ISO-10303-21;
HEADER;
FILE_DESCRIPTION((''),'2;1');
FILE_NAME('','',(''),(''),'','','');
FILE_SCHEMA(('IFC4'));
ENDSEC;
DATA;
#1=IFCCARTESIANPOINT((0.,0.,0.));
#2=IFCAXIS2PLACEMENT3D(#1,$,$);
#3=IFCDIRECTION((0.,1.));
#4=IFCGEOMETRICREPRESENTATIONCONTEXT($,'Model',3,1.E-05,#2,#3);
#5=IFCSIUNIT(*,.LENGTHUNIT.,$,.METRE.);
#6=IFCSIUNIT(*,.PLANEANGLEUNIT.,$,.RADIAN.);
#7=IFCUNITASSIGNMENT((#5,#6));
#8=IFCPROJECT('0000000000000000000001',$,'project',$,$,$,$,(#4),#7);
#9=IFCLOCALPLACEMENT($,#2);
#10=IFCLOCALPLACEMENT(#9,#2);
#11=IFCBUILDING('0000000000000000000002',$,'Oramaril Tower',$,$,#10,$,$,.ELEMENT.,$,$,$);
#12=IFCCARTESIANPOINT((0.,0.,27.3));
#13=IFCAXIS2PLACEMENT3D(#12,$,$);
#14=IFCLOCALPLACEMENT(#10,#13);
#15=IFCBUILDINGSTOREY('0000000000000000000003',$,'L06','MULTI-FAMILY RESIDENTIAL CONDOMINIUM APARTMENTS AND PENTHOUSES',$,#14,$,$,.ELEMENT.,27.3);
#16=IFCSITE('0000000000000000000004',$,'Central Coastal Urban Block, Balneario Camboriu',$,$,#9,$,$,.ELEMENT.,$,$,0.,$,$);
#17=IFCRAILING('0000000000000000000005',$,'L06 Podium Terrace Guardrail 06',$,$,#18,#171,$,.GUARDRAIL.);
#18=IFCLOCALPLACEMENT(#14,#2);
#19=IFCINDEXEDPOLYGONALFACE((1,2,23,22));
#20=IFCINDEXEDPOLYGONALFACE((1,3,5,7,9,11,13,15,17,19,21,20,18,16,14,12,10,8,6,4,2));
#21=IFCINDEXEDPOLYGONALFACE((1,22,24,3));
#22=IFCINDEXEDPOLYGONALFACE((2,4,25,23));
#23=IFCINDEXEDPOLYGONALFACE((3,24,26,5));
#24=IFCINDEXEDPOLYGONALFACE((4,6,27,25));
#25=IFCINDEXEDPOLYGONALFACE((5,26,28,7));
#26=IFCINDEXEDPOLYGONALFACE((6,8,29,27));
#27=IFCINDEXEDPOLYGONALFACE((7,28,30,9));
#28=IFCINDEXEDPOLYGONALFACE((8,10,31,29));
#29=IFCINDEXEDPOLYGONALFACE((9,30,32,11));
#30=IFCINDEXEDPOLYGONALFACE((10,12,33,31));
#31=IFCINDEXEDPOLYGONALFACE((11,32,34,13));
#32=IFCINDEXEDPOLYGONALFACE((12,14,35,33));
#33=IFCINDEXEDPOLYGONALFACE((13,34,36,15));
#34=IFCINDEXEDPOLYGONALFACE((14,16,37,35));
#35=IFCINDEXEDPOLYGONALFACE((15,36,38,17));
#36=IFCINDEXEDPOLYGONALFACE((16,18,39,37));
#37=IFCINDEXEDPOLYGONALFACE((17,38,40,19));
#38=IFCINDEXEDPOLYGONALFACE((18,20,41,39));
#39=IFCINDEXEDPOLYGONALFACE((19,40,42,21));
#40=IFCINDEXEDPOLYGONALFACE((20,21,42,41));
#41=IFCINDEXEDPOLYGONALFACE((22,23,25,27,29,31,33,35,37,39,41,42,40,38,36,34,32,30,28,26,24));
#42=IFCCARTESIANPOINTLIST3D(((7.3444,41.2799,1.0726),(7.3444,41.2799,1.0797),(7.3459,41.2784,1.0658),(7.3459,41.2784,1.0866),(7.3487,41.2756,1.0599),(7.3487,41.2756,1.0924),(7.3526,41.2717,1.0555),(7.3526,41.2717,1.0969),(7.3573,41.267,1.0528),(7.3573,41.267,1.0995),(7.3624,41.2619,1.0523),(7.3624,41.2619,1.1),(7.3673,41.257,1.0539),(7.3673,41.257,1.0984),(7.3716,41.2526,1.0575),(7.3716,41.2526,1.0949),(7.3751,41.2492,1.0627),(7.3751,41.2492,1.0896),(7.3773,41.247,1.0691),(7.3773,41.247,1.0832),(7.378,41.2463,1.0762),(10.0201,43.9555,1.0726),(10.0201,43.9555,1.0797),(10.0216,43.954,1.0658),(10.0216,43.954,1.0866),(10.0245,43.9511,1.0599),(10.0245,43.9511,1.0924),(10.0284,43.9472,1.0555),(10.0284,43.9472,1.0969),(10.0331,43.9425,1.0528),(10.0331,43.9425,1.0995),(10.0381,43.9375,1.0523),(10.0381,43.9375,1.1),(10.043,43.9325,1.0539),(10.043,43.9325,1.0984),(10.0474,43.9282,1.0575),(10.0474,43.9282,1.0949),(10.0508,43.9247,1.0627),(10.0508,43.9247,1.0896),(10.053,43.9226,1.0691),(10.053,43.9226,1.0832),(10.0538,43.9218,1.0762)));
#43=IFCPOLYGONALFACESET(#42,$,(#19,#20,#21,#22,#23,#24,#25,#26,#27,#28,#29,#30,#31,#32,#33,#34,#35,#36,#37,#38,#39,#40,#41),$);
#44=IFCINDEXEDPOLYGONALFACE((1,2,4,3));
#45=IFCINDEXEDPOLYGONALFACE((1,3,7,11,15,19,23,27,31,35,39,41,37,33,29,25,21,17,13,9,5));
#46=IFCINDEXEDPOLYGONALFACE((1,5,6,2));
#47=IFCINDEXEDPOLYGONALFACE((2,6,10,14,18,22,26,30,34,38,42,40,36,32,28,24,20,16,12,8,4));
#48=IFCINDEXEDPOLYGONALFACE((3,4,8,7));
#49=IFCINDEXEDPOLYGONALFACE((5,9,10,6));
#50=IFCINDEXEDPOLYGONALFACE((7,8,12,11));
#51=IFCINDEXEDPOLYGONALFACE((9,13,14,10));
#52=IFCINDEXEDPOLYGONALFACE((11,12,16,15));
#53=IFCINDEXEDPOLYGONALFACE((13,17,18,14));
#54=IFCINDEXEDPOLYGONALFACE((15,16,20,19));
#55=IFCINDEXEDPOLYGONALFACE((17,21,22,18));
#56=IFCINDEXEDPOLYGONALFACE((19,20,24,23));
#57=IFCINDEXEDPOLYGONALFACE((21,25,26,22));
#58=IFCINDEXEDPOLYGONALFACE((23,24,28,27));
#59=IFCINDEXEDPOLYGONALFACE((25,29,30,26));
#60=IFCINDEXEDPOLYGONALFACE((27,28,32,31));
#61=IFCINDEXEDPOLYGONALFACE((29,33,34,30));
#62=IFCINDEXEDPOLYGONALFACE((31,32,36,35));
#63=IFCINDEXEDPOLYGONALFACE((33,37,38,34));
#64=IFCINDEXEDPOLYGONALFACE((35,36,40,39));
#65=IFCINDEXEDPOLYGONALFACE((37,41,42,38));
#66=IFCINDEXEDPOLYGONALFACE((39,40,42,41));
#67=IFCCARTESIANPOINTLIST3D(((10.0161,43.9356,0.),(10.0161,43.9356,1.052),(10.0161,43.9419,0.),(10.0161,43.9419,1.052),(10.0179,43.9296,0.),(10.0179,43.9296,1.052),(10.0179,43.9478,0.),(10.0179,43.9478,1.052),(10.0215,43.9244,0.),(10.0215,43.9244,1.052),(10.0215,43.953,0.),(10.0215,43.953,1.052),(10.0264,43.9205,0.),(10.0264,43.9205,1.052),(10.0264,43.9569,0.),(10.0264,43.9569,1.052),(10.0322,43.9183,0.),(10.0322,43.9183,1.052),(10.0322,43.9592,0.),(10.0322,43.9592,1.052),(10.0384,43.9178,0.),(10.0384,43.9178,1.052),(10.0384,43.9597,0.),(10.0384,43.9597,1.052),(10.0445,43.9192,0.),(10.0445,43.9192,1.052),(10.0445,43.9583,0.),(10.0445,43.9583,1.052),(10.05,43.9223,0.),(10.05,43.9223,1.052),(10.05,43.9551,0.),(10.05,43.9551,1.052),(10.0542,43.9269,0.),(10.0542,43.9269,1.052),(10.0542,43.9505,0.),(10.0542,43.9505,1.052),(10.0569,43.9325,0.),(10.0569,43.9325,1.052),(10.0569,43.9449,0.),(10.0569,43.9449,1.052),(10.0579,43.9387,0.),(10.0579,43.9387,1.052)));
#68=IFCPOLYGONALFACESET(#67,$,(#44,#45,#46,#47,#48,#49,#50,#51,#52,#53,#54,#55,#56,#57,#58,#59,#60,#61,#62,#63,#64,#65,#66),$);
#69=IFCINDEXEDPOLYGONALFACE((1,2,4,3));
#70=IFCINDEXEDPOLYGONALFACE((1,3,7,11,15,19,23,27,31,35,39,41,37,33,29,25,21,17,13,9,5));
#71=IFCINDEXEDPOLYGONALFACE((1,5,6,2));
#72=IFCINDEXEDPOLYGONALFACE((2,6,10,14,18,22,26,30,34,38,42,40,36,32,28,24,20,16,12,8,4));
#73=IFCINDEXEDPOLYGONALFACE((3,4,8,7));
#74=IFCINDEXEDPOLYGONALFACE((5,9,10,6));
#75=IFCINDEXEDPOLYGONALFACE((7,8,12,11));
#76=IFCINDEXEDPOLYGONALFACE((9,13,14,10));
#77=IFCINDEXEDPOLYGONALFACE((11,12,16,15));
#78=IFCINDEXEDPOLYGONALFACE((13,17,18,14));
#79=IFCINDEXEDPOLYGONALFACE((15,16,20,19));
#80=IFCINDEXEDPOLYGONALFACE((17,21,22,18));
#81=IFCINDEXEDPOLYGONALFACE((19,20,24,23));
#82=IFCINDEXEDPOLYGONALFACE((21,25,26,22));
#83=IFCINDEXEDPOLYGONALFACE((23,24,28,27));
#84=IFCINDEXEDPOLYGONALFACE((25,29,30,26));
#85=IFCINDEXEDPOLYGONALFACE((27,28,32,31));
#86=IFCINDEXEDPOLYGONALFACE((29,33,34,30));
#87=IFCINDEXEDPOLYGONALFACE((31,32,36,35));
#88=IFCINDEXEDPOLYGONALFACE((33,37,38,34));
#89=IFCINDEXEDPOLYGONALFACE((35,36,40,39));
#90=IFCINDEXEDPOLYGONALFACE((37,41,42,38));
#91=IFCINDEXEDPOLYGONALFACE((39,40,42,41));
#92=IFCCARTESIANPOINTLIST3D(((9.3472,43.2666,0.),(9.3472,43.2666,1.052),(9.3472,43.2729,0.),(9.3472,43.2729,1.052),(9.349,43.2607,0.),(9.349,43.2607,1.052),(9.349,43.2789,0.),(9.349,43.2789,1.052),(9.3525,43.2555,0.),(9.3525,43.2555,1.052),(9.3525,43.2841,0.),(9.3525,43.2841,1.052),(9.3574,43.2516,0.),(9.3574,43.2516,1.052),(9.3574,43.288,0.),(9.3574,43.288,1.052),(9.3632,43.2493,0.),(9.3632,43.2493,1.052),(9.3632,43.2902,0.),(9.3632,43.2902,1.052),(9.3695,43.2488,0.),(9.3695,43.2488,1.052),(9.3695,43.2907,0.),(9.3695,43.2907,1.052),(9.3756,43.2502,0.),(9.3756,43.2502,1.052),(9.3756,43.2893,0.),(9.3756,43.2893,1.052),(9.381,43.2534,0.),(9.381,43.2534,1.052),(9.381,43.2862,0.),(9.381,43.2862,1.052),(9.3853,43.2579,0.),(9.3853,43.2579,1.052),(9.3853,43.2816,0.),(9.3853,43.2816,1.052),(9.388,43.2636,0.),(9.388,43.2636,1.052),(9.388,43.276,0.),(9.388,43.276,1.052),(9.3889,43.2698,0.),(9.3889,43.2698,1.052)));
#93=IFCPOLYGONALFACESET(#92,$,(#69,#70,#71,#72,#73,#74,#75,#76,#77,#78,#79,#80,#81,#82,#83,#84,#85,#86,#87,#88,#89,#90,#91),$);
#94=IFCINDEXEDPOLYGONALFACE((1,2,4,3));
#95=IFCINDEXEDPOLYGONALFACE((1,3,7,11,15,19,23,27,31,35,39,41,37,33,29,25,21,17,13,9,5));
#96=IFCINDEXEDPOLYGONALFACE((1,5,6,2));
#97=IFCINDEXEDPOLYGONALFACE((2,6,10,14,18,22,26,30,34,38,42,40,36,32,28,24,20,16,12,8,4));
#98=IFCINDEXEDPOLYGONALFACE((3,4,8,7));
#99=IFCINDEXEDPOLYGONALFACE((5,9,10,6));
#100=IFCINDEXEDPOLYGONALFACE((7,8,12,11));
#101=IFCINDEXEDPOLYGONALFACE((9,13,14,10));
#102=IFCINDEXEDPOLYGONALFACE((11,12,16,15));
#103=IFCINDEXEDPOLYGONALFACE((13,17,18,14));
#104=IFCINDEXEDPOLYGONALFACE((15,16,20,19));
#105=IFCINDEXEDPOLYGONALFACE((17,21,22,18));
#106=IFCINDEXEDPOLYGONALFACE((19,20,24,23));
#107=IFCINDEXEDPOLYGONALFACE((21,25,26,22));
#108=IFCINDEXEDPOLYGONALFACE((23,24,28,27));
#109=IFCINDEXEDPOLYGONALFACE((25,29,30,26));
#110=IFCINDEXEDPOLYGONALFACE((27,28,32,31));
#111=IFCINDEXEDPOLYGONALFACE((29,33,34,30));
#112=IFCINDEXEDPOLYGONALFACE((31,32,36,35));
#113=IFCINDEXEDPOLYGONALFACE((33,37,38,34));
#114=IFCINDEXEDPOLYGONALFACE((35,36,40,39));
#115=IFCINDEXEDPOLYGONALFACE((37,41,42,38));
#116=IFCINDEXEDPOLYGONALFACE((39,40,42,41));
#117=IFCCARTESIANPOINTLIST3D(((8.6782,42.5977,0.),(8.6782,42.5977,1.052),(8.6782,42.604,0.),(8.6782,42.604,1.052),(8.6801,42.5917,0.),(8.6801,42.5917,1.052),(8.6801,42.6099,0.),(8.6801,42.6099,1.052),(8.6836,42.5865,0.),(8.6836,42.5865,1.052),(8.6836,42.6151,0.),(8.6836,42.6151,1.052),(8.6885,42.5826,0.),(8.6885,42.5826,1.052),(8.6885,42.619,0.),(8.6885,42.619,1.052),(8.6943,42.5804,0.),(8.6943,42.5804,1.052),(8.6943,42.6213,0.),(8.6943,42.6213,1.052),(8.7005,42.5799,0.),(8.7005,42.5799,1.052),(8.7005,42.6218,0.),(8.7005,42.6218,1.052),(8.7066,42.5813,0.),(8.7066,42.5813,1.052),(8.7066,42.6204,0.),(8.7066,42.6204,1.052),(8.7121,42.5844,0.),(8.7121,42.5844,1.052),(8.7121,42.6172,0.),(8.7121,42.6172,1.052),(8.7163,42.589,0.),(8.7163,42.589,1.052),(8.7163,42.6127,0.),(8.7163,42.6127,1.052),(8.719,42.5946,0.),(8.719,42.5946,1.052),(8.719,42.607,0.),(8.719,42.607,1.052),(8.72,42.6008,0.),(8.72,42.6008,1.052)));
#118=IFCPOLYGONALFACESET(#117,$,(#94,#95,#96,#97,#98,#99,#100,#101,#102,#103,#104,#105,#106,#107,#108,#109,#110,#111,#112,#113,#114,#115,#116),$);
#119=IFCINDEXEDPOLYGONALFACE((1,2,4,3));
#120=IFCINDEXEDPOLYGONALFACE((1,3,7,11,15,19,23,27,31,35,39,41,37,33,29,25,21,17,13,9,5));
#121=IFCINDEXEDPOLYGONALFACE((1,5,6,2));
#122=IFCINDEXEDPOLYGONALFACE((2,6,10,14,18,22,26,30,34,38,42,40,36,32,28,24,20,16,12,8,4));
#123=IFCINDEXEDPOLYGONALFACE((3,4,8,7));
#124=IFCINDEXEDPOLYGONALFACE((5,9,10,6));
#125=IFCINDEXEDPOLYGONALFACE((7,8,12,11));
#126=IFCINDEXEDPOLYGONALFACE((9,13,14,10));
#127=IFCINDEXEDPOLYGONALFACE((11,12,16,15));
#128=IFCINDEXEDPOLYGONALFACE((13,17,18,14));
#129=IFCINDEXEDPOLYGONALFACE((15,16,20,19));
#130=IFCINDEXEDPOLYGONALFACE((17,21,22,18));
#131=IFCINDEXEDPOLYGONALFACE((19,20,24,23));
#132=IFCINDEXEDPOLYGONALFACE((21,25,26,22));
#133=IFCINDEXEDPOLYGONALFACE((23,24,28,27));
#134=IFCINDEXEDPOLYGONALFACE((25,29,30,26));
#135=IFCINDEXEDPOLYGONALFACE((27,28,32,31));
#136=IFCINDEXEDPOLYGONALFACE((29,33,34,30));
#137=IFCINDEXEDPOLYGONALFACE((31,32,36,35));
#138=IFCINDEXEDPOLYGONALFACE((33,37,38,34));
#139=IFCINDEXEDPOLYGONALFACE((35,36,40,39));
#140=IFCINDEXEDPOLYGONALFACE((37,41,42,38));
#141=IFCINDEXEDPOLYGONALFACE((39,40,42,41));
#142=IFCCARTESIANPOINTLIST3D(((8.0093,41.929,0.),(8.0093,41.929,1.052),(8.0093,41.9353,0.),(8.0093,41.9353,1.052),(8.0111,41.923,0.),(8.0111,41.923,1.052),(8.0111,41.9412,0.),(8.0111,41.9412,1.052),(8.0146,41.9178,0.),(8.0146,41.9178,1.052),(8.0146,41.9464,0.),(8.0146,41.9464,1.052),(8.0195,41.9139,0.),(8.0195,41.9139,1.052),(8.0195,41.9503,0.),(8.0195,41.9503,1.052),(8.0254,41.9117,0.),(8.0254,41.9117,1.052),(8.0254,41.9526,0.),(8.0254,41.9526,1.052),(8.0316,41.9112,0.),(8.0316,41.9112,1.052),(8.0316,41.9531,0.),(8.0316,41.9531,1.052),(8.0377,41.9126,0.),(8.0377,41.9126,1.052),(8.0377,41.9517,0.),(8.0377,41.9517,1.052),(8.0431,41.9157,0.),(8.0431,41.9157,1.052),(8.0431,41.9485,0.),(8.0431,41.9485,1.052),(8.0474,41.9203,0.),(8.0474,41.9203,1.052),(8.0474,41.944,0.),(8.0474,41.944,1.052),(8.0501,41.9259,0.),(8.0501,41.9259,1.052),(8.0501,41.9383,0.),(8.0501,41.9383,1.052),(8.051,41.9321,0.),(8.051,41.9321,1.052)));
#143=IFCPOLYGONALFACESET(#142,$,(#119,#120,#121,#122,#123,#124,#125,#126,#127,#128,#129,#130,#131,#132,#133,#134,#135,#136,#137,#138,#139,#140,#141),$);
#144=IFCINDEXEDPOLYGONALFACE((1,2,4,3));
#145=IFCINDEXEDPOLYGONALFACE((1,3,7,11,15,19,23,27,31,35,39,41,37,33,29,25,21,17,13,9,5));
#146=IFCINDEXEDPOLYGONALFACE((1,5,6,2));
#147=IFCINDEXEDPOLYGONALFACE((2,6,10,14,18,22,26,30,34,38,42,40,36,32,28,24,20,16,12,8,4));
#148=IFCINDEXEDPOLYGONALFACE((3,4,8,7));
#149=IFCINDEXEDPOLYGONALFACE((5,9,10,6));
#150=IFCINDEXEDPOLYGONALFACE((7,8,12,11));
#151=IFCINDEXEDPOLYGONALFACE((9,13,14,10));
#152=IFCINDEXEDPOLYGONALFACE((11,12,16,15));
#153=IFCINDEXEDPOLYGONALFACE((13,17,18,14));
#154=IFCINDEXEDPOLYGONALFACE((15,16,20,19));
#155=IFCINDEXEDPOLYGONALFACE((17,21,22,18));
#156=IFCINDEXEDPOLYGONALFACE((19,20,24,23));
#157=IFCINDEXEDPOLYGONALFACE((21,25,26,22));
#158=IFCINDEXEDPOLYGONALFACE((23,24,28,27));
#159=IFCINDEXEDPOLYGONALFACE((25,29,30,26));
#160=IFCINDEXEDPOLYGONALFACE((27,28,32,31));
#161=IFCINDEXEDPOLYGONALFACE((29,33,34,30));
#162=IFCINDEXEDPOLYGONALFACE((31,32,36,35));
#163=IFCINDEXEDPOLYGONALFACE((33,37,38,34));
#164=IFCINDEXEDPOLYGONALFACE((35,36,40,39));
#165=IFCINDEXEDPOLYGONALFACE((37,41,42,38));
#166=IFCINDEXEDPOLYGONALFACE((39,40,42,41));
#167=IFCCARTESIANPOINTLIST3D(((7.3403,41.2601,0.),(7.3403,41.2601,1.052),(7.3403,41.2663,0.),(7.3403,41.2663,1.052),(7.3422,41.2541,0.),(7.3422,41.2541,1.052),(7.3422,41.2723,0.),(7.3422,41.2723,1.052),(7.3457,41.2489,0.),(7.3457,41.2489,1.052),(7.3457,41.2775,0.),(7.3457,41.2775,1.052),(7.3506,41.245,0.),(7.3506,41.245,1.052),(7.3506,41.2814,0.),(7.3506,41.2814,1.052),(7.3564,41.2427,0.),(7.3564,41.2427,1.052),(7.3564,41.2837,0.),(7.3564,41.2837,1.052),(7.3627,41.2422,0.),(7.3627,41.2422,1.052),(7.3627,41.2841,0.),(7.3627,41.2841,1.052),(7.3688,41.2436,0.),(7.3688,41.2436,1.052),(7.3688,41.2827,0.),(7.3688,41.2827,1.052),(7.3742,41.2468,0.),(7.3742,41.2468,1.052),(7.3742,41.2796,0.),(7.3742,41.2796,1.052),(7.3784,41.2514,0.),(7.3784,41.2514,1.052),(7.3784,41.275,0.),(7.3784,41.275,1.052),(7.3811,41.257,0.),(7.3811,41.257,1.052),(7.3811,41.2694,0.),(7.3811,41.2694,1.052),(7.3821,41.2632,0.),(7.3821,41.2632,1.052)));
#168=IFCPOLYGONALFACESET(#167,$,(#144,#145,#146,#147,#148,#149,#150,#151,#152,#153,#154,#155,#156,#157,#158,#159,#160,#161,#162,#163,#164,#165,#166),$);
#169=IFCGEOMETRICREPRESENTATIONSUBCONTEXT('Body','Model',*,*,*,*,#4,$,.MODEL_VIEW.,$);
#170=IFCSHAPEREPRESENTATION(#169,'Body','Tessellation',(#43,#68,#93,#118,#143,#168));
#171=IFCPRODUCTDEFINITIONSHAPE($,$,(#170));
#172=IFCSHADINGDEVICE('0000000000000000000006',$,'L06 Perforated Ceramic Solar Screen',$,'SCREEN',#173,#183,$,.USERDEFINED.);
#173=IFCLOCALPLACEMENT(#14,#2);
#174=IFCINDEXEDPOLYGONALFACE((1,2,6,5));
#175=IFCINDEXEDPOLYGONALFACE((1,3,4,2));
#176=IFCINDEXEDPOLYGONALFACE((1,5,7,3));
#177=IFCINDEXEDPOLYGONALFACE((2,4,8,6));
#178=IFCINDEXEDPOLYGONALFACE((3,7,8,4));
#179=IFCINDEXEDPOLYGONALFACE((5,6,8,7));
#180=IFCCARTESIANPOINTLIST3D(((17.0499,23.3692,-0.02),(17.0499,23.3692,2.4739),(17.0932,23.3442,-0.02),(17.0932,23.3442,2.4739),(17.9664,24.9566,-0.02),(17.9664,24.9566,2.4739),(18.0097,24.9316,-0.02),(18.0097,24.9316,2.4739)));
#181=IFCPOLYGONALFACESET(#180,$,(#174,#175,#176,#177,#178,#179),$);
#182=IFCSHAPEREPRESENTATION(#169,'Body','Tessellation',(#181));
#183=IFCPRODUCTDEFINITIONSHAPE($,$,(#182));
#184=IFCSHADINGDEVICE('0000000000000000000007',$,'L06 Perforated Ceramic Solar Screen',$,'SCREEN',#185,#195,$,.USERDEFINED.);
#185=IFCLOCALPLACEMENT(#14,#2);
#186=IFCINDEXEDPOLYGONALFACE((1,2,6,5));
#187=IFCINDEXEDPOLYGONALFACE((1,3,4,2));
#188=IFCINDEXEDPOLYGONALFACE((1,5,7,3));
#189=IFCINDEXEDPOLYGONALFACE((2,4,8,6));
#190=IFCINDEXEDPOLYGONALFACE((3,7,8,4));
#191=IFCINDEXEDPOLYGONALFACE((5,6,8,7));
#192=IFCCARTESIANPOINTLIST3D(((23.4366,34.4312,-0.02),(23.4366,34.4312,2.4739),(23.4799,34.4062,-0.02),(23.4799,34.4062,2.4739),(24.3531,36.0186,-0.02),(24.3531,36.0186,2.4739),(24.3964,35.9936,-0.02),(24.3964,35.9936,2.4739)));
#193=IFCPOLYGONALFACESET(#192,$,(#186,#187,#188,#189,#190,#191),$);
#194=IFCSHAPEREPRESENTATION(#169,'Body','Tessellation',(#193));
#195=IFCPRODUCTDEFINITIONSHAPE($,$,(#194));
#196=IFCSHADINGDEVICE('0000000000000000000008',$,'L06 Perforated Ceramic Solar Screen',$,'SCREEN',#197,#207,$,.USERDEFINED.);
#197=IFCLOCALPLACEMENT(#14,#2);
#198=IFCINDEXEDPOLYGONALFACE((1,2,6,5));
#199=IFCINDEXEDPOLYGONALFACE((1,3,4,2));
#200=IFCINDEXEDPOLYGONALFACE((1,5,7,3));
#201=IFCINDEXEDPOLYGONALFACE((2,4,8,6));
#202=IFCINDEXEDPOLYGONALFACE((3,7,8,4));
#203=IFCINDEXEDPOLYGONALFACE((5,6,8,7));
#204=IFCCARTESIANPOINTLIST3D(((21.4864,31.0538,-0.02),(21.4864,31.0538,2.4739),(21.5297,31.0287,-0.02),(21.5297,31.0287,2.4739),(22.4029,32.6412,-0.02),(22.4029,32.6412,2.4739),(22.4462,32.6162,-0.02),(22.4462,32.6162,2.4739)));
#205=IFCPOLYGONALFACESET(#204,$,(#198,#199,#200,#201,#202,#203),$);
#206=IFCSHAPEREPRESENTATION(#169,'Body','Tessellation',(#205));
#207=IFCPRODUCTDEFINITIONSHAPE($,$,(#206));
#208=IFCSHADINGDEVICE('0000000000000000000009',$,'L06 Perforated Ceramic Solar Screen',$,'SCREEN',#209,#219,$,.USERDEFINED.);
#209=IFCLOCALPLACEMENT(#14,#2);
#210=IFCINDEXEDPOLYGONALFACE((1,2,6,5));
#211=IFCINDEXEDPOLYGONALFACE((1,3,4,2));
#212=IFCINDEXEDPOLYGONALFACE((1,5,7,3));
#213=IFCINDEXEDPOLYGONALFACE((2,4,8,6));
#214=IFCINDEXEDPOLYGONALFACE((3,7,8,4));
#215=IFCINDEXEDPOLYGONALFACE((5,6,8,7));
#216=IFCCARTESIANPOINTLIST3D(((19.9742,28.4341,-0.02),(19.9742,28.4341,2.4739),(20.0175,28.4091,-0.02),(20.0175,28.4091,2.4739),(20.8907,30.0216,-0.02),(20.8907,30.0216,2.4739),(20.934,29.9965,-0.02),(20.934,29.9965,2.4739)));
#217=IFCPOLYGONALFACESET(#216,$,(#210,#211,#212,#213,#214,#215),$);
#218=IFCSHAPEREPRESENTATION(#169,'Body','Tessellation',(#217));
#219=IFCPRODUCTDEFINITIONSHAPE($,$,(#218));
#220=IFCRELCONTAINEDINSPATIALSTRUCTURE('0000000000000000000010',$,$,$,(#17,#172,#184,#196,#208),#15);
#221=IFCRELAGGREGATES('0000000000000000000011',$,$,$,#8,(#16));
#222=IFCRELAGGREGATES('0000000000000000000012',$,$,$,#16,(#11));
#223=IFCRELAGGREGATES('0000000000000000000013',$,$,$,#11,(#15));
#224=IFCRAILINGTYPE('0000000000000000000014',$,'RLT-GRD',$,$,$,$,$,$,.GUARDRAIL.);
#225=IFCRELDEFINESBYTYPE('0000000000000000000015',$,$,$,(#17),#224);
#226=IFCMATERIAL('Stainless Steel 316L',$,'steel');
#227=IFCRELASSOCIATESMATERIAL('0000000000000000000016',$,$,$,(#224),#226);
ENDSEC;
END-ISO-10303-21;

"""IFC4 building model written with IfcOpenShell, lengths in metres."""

from ifc_helpers import new_model, si_unit, direction, frame, origin, origin_2d, place, context, subcontext, project, spatial, rectangle, circle, extrude, material, type_object, element, save


model = new_model("IFC4")

# Units and contexts
model_context = context("Model", 3, precision=1e-05, world=origin(), true_north=direction((0.0, 1.0)))
body_context = subcontext(model_context, "Body", "Model", "MODEL_VIEW")
ifc_project = project(units=[si_unit("LENGTHUNIT", "METRE"), si_unit("PLANEANGLEUNIT", "RADIAN")], contexts=[model_context])

# Site, building, storey
site_placement = place(None, origin())
site = spatial("IfcSite", under=ifc_project, at=site_placement, Name="Central Coastal Urban Block, Balneario Camboriu", CompositionType="ELEMENT", RefElevation=0.0)
building_placement = place(site_placement, origin())
building = spatial("IfcBuilding", under=site, at=building_placement, Name="Oramaril Tower", CompositionType="ELEMENT")
storey_placement = place(building_placement, frame((0.0, 0.0, 27.3)))
storey = spatial("IfcBuildingStorey", under=building, at=storey_placement, Name="L06", Description="MULTI-FAMILY RESIDENTIAL CONDOMINIUM APARTMENTS AND PENTHOUSES", CompositionType="ELEMENT", Elevation=27.3)

# Railing
ifc_material_1 = material(Name="Stainless Steel 316L", Category="steel")
railing_type = type_object("IfcRailingType", Name="RLT-GRD", PredefinedType="GUARDRAIL", material=ifc_material_1)
railing_1_placement = place(storey_placement, frame((10.0369, 43.9387, 0.0)))
element("IfcRailing", 1, at=railing_1_placement, inside=storey, type_object=railing_type, Name="L06 Podium Terrace Guardrail 06", PredefinedType="GUARDRAIL", context=body_context, shape_type="SweptSolid", body=[
    extrude(circle(Radius=0.0239, at=origin_2d()), frame((0.0, 0.0, 1.0762), z_axis=(-0.707139, -0.707075, 0.0), x_axis=(0.707075, -0.707139, 0.0)), (0.0, 0.0, 1.0), 3.7839),
    extrude(circle(Radius=0.021, at=origin_2d()), origin(), (0.0, 0.0, 1.0), 1.052),
    extrude(circle(Radius=0.021, at=origin_2d()), frame((-0.6689, -0.6689, 0.0)), (0.0, 0.0, 1.0), 1.052),
    extrude(circle(Radius=0.021, at=origin_2d()), frame((-1.3379, -1.3379, 0.0)), (0.0, 0.0, 1.0), 1.052),
    extrude(circle(Radius=0.021, at=origin_2d()), frame((-2.0068, -2.0066, 0.0)), (0.0, 0.0, 1.0), 1.052),
    extrude(circle(Radius=0.021, at=origin_2d()), frame((-2.6758, -2.6755, 0.0)), (0.0, 0.0, 1.0), 1.052),
])

# Shading devices
for number, where, z_axis, x_axis, name in (
    (2, (17.5298, 24.1504, -0.02), (0.0, 0.0, 1.0), (-0.5, -0.866025, 0.0), "L06 Perforated Ceramic Solar Screen"),
    (3, (23.9165, 35.2124, -0.02), (0.0, 0.0, 1.0), (-0.5, -0.866025, 0.0), "L06 Perforated Ceramic Solar Screen"),
    (4, (21.9663, 31.835, -0.02), (0.0, 0.0, 1.0), (-0.5, -0.866025, 0.0), "L06 Perforated Ceramic Solar Screen"),
    (5, (20.4541, 29.2153, -0.02), (0.0, 0.0, 1.0), (-0.5, -0.866025, 0.0), "L06 Perforated Ceramic Solar Screen"),
):
    element("IfcShadingDevice", number, at=place(storey_placement, frame(where, z_axis=z_axis, x_axis=x_axis)), inside=storey, Name=name, ObjectType="SCREEN", PredefinedType="USERDEFINED", context=body_context, shape_type="SweptSolid", body=[
        extrude(rectangle(XDim=1.833, YDim=0.05, at=origin_2d()), origin(), (0.0, 0.0, 1.0), 2.4939),
    ])

save(model, "model.ifc")
